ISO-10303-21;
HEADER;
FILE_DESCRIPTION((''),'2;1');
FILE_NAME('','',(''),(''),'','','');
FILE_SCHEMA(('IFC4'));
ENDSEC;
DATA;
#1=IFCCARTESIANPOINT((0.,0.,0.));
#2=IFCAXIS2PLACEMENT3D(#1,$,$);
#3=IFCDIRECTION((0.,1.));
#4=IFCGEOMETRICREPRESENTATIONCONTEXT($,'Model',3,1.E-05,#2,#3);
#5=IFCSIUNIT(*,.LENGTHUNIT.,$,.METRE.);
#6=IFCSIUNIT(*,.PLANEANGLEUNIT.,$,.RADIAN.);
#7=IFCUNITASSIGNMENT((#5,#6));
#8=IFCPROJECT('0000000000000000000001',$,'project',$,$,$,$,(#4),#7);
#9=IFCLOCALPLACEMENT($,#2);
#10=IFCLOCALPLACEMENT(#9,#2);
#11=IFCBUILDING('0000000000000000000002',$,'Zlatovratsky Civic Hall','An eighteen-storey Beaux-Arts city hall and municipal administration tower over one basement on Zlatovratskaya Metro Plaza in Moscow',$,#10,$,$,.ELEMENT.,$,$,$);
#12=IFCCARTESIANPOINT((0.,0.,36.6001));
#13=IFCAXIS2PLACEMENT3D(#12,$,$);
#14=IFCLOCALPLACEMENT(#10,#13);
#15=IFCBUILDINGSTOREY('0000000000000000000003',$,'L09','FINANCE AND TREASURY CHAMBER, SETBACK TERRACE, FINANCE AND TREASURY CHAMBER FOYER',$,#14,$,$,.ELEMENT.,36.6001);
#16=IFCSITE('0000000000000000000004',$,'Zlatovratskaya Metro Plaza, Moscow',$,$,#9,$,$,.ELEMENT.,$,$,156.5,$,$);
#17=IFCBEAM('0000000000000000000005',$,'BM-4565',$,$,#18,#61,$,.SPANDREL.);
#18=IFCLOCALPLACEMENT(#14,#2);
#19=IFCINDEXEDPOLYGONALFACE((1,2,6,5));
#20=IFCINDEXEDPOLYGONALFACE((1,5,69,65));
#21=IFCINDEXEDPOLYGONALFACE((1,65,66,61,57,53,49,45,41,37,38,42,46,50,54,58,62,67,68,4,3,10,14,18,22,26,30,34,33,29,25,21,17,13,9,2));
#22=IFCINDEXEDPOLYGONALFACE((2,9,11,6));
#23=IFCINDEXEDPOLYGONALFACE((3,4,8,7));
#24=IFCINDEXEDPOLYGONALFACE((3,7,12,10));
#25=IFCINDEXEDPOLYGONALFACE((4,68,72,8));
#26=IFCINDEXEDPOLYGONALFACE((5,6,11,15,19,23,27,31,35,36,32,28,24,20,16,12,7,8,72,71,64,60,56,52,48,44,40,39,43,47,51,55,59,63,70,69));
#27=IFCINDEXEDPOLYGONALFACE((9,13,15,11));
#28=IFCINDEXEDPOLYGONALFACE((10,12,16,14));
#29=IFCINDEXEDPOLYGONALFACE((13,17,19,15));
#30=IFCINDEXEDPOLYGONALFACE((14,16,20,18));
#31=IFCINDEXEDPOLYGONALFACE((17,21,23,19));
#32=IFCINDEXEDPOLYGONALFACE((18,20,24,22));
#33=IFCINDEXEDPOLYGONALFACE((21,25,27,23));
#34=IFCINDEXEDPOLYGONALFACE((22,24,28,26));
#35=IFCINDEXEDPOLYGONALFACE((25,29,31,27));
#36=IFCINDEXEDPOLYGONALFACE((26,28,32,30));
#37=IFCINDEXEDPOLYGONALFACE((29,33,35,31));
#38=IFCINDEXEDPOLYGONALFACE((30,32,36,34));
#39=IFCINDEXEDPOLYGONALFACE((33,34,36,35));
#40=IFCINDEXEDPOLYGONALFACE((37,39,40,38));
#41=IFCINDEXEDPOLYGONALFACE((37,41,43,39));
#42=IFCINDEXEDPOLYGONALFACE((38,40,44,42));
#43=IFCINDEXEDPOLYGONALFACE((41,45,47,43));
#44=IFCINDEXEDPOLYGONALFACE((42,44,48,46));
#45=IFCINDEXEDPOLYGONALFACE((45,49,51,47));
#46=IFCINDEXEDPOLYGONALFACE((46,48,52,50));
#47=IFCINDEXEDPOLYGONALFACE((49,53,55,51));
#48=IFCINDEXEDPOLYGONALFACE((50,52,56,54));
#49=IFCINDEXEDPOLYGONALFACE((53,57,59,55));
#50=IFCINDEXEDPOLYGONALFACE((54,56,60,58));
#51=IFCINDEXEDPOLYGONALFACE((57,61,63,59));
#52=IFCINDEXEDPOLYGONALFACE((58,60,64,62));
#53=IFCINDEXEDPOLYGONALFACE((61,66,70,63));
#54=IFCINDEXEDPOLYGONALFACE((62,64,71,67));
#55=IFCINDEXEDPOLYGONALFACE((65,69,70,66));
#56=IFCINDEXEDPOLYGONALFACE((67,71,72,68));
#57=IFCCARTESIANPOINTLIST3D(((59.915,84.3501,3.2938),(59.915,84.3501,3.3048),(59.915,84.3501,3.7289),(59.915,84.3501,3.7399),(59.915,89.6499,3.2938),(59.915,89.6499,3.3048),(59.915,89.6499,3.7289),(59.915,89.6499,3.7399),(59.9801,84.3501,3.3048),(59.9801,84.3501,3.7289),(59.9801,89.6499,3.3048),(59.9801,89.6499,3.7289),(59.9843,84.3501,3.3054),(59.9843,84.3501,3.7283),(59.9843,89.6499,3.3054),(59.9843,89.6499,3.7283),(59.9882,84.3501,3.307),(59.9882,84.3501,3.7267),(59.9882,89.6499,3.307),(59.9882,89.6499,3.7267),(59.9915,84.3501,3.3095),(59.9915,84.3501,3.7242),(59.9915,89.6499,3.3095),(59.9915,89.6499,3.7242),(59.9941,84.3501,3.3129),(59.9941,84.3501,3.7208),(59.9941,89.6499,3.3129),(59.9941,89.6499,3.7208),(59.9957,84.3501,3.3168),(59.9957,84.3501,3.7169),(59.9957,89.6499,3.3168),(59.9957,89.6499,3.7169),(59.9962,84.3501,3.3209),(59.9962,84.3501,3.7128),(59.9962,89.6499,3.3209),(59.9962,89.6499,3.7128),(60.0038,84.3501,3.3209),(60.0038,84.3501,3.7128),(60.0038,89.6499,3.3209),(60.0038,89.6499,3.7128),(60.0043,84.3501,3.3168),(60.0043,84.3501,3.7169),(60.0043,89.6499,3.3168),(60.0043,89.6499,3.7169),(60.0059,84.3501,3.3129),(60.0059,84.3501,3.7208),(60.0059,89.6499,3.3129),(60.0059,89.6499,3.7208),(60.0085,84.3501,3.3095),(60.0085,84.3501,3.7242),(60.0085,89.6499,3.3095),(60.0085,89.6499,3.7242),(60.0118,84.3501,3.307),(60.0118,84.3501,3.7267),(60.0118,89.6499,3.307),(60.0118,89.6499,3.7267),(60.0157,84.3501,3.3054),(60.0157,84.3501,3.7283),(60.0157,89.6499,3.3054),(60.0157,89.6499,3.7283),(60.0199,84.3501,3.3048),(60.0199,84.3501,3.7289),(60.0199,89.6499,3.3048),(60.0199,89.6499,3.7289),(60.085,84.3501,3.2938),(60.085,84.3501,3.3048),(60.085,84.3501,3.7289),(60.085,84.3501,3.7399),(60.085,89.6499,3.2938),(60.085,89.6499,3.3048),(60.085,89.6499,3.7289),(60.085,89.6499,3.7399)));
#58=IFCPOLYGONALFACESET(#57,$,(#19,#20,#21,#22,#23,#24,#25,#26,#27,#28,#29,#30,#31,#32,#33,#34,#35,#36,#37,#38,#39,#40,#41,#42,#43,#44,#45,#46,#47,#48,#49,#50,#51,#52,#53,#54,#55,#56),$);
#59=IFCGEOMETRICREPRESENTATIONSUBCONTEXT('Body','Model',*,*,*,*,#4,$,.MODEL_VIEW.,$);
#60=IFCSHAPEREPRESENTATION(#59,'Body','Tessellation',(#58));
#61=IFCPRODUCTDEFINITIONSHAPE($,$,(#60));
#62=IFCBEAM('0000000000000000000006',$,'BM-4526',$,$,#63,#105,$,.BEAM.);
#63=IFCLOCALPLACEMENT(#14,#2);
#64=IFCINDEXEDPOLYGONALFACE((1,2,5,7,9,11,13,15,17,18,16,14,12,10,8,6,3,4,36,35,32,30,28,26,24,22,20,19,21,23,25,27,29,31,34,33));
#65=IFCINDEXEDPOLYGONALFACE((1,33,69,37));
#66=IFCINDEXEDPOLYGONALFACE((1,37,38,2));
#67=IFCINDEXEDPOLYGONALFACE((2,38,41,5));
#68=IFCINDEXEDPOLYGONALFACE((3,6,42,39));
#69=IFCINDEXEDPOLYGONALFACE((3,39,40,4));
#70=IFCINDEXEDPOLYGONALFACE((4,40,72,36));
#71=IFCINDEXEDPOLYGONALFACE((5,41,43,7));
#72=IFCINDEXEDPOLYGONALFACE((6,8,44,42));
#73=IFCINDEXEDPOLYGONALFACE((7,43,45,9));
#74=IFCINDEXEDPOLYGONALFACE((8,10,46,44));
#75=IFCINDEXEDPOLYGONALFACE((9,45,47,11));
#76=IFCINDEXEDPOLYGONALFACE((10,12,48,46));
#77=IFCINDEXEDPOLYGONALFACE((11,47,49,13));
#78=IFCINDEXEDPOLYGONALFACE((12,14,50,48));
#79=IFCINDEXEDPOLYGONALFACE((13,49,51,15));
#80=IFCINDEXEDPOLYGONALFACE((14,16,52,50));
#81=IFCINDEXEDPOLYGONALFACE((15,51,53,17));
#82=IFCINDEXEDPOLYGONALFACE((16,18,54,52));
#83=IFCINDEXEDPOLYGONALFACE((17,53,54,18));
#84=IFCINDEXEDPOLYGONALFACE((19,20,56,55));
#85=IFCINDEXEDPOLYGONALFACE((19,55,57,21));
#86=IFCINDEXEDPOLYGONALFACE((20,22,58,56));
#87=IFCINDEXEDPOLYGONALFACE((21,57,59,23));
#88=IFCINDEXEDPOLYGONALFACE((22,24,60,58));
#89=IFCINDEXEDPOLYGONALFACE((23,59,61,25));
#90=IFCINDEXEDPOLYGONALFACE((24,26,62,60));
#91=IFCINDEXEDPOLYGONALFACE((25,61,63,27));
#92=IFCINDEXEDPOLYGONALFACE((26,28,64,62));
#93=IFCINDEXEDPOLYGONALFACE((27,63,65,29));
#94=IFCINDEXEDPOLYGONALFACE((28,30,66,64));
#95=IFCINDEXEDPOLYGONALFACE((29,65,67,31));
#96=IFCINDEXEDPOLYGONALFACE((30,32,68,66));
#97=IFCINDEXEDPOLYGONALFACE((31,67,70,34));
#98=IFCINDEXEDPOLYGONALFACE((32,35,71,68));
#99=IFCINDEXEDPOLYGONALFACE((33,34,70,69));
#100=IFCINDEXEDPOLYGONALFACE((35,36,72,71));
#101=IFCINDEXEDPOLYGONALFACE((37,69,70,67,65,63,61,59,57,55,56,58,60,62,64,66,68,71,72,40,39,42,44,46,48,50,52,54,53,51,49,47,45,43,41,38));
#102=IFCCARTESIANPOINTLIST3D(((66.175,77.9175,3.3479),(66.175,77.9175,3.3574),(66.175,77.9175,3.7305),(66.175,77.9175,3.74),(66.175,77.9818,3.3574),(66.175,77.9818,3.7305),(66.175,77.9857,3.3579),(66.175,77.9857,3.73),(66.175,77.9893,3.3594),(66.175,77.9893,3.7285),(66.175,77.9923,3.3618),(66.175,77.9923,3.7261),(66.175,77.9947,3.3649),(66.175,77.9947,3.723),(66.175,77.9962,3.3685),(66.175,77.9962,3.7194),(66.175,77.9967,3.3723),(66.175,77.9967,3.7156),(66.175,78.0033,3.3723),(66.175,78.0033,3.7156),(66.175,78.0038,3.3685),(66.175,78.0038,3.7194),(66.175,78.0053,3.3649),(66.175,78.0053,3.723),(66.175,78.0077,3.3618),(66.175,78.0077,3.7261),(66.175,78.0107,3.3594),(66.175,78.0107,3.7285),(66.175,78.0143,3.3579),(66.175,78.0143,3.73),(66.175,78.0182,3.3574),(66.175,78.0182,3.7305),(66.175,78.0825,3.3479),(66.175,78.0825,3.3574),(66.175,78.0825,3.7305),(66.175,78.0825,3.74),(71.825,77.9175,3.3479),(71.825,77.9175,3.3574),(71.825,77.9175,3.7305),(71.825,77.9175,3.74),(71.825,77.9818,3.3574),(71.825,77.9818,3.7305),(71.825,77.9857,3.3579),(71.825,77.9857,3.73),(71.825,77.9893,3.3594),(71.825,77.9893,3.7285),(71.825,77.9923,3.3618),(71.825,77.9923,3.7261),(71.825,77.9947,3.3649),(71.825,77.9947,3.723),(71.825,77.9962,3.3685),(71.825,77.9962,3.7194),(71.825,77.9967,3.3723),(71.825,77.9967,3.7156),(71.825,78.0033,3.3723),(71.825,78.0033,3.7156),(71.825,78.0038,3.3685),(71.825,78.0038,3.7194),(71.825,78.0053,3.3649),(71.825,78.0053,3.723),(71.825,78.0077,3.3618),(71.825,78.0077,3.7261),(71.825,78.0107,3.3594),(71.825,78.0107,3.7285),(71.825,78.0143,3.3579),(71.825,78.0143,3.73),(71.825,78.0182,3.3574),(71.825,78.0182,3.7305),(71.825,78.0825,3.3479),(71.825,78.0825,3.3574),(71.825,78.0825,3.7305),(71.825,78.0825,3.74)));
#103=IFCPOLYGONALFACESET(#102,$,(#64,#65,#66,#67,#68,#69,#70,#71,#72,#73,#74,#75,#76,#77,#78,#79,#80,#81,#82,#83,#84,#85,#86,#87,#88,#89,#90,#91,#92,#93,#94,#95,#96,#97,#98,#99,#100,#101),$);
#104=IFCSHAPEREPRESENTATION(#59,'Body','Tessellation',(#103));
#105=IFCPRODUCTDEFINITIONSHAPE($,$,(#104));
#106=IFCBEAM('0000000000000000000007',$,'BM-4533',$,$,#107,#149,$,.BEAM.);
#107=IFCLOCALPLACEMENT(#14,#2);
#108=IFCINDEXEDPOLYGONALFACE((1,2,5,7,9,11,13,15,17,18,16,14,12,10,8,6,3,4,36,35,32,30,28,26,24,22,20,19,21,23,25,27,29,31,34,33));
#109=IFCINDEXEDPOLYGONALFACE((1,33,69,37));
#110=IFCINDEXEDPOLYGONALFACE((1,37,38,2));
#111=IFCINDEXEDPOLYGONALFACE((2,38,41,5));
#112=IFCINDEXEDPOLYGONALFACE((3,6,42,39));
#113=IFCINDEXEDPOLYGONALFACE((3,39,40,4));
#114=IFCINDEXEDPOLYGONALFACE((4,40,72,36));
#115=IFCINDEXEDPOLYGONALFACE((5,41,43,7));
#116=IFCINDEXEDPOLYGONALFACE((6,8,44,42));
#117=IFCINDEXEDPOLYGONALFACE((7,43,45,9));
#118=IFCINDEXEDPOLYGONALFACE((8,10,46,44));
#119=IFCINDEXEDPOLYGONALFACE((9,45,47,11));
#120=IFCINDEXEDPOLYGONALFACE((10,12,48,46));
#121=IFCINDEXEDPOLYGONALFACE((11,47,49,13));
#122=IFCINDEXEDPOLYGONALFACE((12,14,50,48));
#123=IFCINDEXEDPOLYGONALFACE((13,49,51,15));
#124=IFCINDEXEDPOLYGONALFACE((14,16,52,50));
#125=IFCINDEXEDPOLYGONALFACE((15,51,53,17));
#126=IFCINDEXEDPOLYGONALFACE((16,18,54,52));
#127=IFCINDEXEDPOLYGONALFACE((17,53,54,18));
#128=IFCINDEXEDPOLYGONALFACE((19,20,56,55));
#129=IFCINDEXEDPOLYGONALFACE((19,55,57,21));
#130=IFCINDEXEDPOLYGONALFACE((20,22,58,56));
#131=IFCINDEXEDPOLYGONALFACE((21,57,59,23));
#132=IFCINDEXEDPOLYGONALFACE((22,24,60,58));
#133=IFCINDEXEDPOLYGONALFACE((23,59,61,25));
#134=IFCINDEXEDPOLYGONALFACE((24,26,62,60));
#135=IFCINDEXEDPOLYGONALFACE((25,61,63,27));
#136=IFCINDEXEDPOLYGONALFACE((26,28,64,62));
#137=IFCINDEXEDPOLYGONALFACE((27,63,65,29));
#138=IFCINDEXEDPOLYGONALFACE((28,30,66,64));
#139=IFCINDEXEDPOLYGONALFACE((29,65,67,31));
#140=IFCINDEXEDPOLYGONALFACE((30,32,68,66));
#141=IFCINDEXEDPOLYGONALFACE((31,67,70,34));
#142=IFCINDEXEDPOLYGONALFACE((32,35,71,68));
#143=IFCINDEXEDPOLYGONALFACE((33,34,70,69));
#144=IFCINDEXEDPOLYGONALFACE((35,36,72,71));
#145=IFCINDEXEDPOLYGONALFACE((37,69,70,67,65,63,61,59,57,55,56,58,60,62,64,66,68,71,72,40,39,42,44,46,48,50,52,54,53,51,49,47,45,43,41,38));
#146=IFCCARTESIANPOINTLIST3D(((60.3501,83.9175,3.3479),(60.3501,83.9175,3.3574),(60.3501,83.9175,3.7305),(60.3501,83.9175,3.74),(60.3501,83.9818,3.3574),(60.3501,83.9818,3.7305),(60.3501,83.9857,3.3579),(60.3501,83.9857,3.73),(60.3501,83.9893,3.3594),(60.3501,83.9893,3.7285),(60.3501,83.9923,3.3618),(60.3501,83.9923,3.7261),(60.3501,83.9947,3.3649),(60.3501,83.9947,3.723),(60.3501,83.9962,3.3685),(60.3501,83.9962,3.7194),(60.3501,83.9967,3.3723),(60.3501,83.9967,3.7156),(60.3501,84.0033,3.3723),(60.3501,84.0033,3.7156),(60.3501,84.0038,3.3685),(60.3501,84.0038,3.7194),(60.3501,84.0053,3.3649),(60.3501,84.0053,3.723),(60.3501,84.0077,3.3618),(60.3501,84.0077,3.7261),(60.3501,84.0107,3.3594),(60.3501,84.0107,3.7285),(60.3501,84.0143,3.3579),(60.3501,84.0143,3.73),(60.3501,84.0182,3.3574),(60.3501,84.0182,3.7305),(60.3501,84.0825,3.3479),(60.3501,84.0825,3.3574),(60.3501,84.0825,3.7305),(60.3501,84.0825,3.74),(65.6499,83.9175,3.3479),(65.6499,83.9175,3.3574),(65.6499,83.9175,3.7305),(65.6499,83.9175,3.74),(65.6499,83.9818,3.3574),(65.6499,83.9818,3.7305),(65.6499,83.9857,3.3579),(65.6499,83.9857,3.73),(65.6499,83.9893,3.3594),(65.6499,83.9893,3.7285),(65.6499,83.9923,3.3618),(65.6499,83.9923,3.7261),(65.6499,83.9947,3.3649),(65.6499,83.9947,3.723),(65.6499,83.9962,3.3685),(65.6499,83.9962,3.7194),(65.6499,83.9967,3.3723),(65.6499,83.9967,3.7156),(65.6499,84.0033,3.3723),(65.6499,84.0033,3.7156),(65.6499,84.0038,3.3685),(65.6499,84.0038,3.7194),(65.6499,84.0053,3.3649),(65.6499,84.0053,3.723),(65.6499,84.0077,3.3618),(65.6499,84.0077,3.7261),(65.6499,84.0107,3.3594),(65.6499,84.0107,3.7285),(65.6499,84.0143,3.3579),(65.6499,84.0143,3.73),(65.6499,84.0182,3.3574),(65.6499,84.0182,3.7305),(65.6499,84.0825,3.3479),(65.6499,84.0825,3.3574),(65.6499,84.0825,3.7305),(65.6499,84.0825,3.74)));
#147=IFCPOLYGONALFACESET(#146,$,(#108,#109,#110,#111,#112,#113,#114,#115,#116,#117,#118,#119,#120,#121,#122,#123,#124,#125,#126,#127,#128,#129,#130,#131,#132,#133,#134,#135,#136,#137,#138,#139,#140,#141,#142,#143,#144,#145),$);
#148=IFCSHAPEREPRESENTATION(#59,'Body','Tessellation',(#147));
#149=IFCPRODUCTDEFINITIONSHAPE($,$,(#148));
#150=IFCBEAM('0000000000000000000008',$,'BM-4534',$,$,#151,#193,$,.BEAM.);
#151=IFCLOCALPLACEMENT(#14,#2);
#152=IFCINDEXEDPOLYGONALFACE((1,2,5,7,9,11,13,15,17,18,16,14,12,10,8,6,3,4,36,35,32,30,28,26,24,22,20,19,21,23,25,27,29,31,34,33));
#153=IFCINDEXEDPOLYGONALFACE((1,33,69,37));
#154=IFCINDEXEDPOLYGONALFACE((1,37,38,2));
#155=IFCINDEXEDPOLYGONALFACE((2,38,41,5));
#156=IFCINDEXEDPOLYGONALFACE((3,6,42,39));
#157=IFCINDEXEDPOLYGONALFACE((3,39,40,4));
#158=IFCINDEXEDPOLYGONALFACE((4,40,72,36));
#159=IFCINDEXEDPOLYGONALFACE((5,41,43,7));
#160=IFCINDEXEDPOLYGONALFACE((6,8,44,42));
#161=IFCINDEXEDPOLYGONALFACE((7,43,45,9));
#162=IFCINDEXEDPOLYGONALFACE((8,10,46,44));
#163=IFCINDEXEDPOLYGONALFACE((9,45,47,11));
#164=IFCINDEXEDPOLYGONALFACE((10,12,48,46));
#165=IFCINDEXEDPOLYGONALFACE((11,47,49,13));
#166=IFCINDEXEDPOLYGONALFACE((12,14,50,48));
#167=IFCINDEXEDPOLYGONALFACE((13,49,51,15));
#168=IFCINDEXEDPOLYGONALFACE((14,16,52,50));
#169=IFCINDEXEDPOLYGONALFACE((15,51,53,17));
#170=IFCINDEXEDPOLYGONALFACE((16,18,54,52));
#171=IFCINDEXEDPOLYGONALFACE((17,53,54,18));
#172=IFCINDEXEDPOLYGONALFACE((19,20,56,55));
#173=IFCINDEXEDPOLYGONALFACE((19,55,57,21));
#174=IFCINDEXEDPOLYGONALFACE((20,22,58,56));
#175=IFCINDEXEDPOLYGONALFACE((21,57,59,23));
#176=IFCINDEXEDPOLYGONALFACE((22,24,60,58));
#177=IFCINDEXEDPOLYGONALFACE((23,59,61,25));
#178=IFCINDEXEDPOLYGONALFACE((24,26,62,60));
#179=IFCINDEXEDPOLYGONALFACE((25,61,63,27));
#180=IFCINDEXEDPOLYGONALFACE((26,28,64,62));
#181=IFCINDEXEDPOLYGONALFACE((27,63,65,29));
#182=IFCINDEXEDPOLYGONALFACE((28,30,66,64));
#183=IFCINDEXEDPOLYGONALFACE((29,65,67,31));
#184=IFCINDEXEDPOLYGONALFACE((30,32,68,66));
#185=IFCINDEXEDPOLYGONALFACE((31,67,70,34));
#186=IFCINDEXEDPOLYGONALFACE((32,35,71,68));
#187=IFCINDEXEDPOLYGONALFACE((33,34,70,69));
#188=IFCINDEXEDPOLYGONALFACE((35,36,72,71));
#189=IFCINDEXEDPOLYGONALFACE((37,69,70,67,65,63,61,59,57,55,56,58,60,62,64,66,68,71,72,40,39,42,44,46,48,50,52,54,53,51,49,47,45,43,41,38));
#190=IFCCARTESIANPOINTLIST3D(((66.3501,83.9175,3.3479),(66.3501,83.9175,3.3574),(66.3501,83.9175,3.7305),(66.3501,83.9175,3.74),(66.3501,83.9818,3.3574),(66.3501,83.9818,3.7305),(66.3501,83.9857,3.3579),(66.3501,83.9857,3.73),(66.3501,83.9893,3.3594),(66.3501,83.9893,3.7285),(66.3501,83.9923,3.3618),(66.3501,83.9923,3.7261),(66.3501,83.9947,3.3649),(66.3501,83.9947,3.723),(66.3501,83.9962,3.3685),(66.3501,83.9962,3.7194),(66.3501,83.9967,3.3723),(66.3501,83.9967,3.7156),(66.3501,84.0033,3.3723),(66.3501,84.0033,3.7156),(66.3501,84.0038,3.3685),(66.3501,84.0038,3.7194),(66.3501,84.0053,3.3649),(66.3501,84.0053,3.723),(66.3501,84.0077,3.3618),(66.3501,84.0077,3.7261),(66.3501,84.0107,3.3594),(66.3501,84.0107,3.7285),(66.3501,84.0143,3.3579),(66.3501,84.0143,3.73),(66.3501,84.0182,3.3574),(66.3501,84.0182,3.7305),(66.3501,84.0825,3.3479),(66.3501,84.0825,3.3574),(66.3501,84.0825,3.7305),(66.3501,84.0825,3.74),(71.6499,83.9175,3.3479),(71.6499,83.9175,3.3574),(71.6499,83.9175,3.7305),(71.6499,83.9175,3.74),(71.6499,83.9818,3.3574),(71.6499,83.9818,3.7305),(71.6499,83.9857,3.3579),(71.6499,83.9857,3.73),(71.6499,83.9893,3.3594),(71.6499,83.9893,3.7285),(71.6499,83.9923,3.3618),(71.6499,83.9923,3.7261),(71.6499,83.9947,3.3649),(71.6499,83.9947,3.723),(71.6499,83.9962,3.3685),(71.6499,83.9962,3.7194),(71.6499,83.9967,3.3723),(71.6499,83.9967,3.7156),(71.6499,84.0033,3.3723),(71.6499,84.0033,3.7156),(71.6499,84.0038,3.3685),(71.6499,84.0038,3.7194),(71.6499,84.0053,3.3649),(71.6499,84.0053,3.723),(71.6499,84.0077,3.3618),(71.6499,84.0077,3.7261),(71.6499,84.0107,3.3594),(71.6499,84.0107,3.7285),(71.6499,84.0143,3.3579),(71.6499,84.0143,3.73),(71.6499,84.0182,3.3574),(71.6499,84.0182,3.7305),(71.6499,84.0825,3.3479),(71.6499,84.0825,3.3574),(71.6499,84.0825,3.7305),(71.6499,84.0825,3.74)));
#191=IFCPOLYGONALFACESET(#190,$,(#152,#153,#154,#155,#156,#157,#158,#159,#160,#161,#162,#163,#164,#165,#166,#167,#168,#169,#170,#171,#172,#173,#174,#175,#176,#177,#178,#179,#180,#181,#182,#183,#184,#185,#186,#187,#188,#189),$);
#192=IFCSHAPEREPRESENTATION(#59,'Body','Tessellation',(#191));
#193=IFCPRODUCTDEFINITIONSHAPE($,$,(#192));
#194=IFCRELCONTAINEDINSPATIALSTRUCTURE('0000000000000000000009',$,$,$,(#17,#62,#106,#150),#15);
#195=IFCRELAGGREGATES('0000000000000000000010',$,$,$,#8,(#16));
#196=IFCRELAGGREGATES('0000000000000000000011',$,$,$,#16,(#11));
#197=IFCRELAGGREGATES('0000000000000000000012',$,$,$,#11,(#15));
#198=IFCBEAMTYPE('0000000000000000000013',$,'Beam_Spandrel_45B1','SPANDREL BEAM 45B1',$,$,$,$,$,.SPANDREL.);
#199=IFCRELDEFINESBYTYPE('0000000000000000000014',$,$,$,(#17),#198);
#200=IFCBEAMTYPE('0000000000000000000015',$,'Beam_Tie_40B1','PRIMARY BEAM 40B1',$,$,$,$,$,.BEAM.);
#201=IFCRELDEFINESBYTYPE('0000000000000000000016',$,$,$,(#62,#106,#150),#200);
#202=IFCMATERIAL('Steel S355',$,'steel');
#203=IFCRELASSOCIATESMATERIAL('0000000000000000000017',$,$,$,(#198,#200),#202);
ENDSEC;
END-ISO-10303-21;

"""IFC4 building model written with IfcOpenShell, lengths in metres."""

from ifc_helpers import new_model, si_unit, direction, frame, origin, origin_2d, place, context, subcontext, project, spatial, i_section, extrude, material, material_profile, profile_set, type_object, element, save


model = new_model("IFC4")

# Units and contexts
model_context = context("Model", 3, precision=1e-05, world=origin(), true_north=direction((0.0, 1.0)))
body_context = subcontext(model_context, "Body", "Model", "MODEL_VIEW")
ifc_project = project(units=[si_unit("LENGTHUNIT", "METRE"), si_unit("PLANEANGLEUNIT", "RADIAN")], contexts=[model_context])

# Site, building, storey
site_placement = place(None, origin())
site = spatial("IfcSite", under=ifc_project, at=site_placement, Name="Zlatovratskaya Metro Plaza, Moscow", CompositionType="ELEMENT", RefElevation=156.5)
building_placement = place(site_placement, origin())
building = spatial("IfcBuilding", under=site, at=building_placement, Name="Zlatovratsky Civic Hall", Description="An eighteen-storey Beaux-Arts city hall and municipal administration tower over one basement on Zlatovratskaya Metro Plaza in Moscow", CompositionType="ELEMENT")
storey_placement = place(building_placement, frame((0.0, 0.0, 36.6001)))
storey = spatial("IfcBuildingStorey", under=building, at=storey_placement, Name="L09", Description="FINANCE AND TREASURY CHAMBER, SETBACK TERRACE, FINANCE AND TREASURY CHAMBER FOYER", CompositionType="ELEMENT", Elevation=36.6001)

# Shared definitions
ifc_material_1 = material(Name="Steel S355", Category="steel")

# Beams
ifc_material_profile_1 = material_profile(ifc_material_1, i_section(OverallWidth=0.1699, OverallDepth=0.446, WebThickness=0.0076, FlangeThickness=0.011, FilletRadius=0.0161, at=origin_2d()), Name="45B1")
ifc_profile_set_1 = profile_set([ifc_material_profile_1], Name="Steel S355")
beam_type_1 = type_object("IfcBeamType", Name="Beam_Spandrel_45B1", Description="SPANDREL BEAM 45B1", PredefinedType="SPANDREL", material=ifc_profile_set_1)
for number, where, z_axis, x_axis, name in (
    (1, (60.0, 84.3501, 3.5168), (0.0, 1.0, 0.0), (-1.0, 0.0, 0.0), "BM-4565"),
):
    element("IfcBeam", number, at=place(storey_placement, frame(where, z_axis=z_axis, x_axis=x_axis)), inside=storey, type_object=beam_type_1, Name=name, PredefinedType="SPANDREL", context=body_context, shape_type="SweptSolid", body=[
        extrude(i_section(OverallWidth=0.1699, OverallDepth=0.446, WebThickness=0.0076, FlangeThickness=0.011, FilletRadius=0.0161, at=origin_2d()), origin(), (0.0, 0.0, 1.0), 5.2998),
    ])
ifc_material_profile_2 = material_profile(ifc_material_1, i_section(OverallWidth=0.165, OverallDepth=0.3921, WebThickness=0.0066, FlangeThickness=0.0095, FilletRadius=0.0149, at=origin_2d()), Name="40B1")
ifc_profile_set_2 = profile_set([ifc_material_profile_2], Name="Steel S355")
beam_type_2 = type_object("IfcBeamType", Name="Beam_Tie_40B1", Description="PRIMARY BEAM 40B1", PredefinedType="BEAM", material=ifc_profile_set_2)
beam_1_placement = place(storey_placement, frame((66.175, 78.0, 3.5439), z_axis=(1.0, 0.0, 0.0), x_axis=(0.0, 1.0, 0.0)))
element("IfcBeam", 2, at=beam_1_placement, inside=storey, type_object=beam_type_2, Name="BM-4526", PredefinedType="BEAM", context=body_context, shape_type="SweptSolid", body=[
    extrude(i_section(OverallWidth=0.165, OverallDepth=0.3921, WebThickness=0.0066, FlangeThickness=0.0095, FilletRadius=0.0149, at=origin_2d()), origin(), (0.0, 0.0, 1.0), 5.6499),
])
for number, where, z_axis, x_axis, name in (
    (3, (60.3501, 84.0, 3.5439), (1.0, 0.0, 0.0), (0.0, 1.0, 0.0), "BM-4533"),
    (4, (66.3501, 84.0, 3.5439), (1.0, 0.0, 0.0), (0.0, 1.0, 0.0), "BM-4534"),
):
    element("IfcBeam", number, at=place(storey_placement, frame(where, z_axis=z_axis, x_axis=x_axis)), inside=storey, type_object=beam_type_2, Name=name, PredefinedType="BEAM", context=body_context, shape_type="SweptSolid", body=[
        extrude(i_section(OverallWidth=0.165, OverallDepth=0.3921, WebThickness=0.0066, FlangeThickness=0.0095, FilletRadius=0.0149, at=origin_2d()), origin(), (0.0, 0.0, 1.0), 5.2998),
    ])

save(model, "model.ifc")
